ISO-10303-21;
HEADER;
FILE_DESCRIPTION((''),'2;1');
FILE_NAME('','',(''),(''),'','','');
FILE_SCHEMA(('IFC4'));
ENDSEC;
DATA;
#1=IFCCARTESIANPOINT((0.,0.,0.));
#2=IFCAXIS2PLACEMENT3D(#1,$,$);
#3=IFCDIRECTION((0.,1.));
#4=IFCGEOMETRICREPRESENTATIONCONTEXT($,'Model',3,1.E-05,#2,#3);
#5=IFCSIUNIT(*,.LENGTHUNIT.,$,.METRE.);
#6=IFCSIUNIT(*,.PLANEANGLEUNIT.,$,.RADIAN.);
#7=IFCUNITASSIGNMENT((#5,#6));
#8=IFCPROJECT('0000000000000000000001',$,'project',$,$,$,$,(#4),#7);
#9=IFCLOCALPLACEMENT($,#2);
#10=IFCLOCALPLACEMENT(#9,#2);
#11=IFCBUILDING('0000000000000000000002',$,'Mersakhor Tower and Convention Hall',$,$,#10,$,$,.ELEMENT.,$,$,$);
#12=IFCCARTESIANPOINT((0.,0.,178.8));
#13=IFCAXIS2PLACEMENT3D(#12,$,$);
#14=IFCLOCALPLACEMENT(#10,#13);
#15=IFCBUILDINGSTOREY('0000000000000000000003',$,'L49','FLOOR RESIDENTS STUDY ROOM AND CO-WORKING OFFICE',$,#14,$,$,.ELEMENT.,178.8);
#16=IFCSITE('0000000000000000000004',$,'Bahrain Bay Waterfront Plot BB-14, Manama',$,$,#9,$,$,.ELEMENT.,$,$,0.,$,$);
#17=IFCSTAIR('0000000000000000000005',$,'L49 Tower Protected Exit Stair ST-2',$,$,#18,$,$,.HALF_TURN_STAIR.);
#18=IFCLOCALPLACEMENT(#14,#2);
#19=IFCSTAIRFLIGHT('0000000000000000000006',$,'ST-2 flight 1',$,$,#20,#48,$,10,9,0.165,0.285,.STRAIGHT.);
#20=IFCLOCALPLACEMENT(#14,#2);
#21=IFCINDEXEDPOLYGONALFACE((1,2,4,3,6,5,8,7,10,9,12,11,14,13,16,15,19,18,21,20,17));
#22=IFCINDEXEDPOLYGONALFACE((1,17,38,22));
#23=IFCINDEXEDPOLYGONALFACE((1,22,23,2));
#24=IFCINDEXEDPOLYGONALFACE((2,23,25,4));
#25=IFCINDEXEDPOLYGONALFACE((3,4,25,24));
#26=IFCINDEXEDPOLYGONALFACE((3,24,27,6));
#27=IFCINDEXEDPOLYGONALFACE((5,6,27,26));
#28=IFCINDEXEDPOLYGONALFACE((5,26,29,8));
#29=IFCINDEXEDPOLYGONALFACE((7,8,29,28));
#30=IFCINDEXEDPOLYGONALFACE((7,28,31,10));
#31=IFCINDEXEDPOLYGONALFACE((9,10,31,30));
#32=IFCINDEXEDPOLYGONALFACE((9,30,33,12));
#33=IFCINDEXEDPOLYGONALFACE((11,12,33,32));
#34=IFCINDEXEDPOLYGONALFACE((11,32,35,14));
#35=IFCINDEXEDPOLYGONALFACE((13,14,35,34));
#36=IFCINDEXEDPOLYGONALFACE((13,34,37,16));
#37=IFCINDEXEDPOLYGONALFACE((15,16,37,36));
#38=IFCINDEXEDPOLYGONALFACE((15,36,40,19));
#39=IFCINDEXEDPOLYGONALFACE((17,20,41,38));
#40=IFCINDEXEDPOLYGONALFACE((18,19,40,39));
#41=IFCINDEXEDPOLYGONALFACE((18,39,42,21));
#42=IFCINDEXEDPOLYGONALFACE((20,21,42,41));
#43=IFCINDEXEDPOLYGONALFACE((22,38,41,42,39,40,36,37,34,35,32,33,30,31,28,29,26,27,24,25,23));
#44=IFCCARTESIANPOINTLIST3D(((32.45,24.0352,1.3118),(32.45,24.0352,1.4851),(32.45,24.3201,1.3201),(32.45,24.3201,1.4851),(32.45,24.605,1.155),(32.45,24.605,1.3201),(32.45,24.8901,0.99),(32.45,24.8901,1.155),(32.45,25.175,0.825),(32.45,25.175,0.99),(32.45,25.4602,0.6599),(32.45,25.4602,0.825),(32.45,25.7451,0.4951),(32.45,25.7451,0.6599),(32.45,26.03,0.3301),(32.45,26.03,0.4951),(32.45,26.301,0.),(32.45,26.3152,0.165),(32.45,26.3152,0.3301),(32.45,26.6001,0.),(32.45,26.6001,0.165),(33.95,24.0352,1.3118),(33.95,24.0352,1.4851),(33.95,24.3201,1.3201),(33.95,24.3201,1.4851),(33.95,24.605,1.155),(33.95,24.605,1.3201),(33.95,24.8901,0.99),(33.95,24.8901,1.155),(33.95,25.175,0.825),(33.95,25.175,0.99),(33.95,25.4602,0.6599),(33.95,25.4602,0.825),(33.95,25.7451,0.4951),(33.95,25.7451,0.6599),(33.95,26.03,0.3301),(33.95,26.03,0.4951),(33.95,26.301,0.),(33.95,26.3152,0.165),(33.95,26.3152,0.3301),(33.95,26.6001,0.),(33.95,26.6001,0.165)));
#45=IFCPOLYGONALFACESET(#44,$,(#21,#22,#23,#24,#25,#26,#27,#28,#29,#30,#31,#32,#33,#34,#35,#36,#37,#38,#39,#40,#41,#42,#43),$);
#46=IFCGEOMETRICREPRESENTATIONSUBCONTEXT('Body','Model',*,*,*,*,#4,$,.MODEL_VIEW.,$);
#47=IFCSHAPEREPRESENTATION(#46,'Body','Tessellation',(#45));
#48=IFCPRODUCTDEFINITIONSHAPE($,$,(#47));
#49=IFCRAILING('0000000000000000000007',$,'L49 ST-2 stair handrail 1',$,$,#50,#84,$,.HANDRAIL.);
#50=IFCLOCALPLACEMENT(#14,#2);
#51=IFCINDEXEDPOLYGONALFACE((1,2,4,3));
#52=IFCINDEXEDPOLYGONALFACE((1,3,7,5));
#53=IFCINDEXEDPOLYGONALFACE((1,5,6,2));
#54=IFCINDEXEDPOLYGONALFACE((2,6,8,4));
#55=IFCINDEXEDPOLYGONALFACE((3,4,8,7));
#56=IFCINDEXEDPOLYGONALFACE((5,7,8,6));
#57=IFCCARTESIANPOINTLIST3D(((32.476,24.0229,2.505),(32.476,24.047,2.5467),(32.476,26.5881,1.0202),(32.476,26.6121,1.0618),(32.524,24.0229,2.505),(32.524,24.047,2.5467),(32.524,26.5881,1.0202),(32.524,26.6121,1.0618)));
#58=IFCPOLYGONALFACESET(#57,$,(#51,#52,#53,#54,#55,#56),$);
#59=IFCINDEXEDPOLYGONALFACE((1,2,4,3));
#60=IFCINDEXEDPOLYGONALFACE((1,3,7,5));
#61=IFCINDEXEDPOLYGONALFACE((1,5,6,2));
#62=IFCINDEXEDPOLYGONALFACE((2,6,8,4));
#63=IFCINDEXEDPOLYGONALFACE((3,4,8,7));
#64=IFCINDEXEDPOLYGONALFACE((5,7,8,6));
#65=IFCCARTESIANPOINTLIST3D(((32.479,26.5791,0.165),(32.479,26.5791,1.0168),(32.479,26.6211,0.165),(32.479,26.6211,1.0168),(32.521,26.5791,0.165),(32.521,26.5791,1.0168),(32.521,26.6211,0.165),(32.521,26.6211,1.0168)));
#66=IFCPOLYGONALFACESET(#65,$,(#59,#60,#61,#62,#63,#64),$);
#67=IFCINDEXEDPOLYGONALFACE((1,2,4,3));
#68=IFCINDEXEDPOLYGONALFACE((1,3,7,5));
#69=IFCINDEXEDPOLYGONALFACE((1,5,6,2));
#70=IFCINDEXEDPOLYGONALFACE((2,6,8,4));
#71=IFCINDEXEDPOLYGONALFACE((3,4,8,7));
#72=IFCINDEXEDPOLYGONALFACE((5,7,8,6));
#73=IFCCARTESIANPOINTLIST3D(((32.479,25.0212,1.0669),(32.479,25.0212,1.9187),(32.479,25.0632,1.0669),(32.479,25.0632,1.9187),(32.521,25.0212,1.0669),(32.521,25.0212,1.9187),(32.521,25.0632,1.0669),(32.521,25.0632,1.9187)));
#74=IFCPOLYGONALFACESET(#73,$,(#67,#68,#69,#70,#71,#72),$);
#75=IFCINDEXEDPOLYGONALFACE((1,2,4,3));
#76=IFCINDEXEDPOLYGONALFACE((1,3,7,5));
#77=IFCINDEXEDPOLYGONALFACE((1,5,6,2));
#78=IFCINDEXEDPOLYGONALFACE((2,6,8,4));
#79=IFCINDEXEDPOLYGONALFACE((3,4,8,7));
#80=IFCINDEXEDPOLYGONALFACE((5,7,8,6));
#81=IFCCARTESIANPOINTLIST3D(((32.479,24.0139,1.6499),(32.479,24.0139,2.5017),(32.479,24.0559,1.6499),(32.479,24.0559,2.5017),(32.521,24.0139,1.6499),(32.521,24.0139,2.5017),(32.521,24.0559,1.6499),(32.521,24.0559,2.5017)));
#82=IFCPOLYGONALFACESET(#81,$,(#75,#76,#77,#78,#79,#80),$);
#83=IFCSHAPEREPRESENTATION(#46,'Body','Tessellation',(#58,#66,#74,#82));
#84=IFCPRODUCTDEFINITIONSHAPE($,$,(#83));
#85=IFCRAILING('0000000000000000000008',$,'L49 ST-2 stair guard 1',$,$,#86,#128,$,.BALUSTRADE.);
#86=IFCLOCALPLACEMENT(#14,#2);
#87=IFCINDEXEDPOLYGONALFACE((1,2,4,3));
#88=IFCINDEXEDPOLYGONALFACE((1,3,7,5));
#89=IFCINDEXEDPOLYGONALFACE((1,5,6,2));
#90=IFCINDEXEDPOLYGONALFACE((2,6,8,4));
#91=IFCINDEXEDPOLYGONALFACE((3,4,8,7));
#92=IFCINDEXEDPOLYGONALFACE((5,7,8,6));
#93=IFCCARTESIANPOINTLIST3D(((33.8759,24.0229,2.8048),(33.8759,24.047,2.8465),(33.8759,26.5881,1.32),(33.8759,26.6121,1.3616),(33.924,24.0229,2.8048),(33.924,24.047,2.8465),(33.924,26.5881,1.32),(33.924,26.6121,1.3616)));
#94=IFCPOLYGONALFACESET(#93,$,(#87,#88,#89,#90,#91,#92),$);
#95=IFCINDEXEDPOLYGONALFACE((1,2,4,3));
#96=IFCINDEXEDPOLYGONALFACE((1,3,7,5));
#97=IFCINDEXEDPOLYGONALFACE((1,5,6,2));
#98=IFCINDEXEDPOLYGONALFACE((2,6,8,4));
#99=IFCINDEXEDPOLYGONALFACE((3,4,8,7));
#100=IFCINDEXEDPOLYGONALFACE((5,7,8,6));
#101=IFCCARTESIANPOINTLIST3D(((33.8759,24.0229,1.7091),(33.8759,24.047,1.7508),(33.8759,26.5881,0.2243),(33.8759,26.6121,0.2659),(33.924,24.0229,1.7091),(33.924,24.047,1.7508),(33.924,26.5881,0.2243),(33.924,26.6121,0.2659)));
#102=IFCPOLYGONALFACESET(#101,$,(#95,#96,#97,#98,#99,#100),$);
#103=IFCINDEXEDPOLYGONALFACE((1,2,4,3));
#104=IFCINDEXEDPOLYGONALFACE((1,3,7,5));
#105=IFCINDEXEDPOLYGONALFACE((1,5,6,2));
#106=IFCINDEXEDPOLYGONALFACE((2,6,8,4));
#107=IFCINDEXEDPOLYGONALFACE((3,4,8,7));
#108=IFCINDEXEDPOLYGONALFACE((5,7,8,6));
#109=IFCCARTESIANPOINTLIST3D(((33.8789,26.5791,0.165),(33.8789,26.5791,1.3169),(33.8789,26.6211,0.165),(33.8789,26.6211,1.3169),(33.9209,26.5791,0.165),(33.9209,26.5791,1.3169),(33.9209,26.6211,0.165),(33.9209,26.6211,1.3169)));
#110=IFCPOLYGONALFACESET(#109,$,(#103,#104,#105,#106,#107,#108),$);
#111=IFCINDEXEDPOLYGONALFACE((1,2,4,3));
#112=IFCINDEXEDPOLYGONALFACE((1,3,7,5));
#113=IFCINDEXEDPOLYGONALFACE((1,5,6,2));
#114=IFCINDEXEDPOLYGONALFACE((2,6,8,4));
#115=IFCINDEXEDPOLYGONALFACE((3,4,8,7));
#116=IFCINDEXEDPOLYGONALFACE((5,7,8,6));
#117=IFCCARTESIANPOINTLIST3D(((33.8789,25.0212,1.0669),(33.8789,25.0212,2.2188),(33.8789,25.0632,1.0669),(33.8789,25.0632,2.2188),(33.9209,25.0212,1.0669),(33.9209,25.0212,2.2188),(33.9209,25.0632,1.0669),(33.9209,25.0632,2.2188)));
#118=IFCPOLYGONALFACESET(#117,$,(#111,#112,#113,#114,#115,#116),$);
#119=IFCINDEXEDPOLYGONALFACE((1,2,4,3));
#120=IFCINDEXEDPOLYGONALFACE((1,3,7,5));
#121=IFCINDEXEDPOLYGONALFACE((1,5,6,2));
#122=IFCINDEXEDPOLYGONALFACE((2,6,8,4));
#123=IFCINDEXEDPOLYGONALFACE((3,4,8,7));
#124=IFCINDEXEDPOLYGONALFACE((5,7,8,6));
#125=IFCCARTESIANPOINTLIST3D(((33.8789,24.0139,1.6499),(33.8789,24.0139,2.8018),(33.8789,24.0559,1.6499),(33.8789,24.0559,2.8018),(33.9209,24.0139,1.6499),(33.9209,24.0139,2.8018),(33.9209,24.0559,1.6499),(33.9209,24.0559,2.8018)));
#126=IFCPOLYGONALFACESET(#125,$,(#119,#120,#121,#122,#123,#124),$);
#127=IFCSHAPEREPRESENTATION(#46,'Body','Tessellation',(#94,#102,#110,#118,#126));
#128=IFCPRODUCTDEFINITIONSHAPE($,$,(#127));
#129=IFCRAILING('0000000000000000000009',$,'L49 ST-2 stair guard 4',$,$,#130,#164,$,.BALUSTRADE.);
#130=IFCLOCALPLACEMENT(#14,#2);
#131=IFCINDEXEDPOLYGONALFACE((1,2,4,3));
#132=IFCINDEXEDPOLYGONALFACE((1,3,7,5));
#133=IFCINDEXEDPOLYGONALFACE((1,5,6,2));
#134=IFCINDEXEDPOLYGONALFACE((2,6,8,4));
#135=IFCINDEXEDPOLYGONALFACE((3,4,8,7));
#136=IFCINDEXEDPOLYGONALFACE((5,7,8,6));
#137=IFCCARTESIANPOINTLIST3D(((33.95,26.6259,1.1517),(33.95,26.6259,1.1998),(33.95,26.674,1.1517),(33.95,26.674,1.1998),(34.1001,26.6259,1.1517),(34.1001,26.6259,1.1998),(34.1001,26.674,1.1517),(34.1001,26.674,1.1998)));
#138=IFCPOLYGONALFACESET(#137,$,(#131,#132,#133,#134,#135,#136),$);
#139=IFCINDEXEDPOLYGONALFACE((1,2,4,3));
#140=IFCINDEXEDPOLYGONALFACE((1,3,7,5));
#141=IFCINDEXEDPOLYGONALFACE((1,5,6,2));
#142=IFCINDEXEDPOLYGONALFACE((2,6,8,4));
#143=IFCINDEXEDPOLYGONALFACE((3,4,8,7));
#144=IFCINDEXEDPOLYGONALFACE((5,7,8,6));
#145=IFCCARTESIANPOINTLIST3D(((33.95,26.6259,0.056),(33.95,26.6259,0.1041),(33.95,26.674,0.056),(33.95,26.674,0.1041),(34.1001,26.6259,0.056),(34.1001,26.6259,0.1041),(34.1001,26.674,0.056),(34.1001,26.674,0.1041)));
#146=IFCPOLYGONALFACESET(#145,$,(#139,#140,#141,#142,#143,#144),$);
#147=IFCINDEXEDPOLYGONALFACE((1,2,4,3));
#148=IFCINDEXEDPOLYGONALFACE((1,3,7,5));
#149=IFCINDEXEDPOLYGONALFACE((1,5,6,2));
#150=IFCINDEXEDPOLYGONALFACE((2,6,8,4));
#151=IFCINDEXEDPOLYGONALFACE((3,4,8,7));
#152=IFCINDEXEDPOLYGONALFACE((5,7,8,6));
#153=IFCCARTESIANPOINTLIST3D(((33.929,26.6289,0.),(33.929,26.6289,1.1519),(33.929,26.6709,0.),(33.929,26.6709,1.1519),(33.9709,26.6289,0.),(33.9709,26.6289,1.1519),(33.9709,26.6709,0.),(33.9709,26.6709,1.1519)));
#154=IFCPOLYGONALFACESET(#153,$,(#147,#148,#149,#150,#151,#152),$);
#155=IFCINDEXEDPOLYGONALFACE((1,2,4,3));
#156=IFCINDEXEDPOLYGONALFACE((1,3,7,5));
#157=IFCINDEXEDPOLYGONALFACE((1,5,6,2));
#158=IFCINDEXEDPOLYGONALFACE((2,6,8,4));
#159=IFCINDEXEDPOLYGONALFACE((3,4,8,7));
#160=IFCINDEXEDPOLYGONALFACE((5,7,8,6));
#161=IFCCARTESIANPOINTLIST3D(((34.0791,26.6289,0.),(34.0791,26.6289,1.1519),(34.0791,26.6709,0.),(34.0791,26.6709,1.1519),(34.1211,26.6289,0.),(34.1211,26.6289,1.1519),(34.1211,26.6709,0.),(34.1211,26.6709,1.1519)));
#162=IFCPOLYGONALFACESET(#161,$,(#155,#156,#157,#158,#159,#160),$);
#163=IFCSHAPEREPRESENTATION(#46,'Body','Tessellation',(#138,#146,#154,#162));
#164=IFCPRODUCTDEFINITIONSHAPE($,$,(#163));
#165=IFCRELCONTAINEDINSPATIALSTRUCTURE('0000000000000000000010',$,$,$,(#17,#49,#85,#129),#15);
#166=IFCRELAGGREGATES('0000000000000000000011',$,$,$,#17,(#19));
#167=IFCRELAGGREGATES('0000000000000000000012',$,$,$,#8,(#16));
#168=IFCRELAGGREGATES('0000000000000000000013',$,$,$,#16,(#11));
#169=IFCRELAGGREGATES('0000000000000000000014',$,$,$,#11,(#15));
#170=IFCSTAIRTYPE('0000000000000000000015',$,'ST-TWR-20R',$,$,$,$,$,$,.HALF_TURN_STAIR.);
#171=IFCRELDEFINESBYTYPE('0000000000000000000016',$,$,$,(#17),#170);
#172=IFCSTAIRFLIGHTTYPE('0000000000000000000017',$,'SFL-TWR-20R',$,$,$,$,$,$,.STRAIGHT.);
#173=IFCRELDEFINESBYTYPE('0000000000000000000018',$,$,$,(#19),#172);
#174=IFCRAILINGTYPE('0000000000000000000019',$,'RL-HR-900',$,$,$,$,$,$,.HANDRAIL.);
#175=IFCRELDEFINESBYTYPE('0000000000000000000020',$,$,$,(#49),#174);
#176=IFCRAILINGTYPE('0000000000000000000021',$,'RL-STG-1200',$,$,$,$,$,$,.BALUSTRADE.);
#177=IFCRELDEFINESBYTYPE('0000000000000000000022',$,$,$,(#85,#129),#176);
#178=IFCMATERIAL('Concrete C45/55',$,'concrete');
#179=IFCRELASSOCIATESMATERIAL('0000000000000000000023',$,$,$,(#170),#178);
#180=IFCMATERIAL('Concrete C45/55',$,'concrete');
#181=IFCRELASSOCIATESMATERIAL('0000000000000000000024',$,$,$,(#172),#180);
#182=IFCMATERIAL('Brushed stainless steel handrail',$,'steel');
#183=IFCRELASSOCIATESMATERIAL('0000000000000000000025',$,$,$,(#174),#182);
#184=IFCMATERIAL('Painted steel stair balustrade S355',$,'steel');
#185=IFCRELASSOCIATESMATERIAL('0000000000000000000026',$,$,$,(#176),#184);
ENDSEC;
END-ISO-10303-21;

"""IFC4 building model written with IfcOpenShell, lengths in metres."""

from ifc_helpers import new_model, si_unit, direction, frame, origin, origin_2d, place, context, subcontext, project, spatial, polyline, rectangle, outline, extrude, material, type_object, element, aggregate, save


model = new_model("IFC4")

# Units and contexts
model_context = context("Model", 3, precision=1e-05, world=origin(), true_north=direction((0.0, 1.0)))
body_context = subcontext(model_context, "Body", "Model", "MODEL_VIEW")
ifc_project = project(units=[si_unit("LENGTHUNIT", "METRE"), si_unit("PLANEANGLEUNIT", "RADIAN")], contexts=[model_context])

# Site, building, storey
site_placement = place(None, origin())
site = spatial("IfcSite", under=ifc_project, at=site_placement, Name="Bahrain Bay Waterfront Plot BB-14, Manama", CompositionType="ELEMENT", RefElevation=0.0)
building_placement = place(site_placement, origin())
building = spatial("IfcBuilding", under=site, at=building_placement, Name="Mersakhor Tower and Convention Hall", CompositionType="ELEMENT")
storey_placement = place(building_placement, frame((0.0, 0.0, 178.8)))
storey = spatial("IfcBuildingStorey", under=building, at=storey_placement, Name="L49", Description="FLOOR RESIDENTS STUDY ROOM AND CO-WORKING OFFICE", CompositionType="ELEMENT", Elevation=178.8)

# Stair, stair flight
ifc_material_1 = material(Name="Concrete C45/55", Category="concrete")
stair_type = type_object("IfcStairType", Name="ST-TWR-20R", PredefinedType="HALF_TURN_STAIR", material=ifc_material_1)
stair_placement = place(storey_placement, origin())
stair = element("IfcStair", 1, at=stair_placement, inside=storey, type_object=stair_type, Name="L49 Tower Protected Exit Stair ST-2", PredefinedType="HALF_TURN_STAIR")
ifc_material_2 = material(Name="Concrete C45/55", Category="concrete")
stair_flight_type = type_object("IfcStairFlightType", Name="SFL-TWR-20R", PredefinedType="STRAIGHT", material=ifc_material_2)
stair_flight_placement = place(storey_placement, frame((33.2, 26.6001, 0.0), z_axis=(0.0, 0.0, 1.0), x_axis=(0.0, -1.0, 0.0)))
stair_flight = element("IfcStairFlight", 2, at=stair_flight_placement, type_object=stair_flight_type, Name="ST-2 flight 1", NumberOfRisers=10, NumberOfTreads=9, PredefinedType="STRAIGHT", RiserHeight=0.165, TreadLength=0.285, context=body_context, shape_type="SweptSolid", body=[
    extrude(outline(polyline([(0.0, 0.0), (0.0, 0.165), (0.2849, 0.165), (0.2849, 0.3301), (0.5701, 0.3301), (0.5701, 0.4951), (0.855, 0.4951), (0.855, 0.6599), (1.1399, 0.6599), (1.1399, 0.825), (1.425, 0.825), (1.425, 0.99), (1.71, 0.99), (1.71, 1.155), (1.9951, 1.155), (1.9951, 1.3201), (2.28, 1.3201), (2.28, 1.4851), (2.5649, 1.4851), (2.5649, 1.6499), (2.5649, 1.3118), (0.2991, 0.0), (0.0, 0.0)])), frame((0.0, 0.75, 0.0), z_axis=(0.0, -1.0, 0.0), x_axis=(1.0, 0.0, 0.0)), (0.0, 0.0, 1.0), 1.5),
])
aggregate(stair, [stair_flight])

# Railings
ifc_material_3 = material(Name="Brushed stainless steel handrail", Category="steel")
railing_type_1 = type_object("IfcRailingType", Name="RL-HR-900", PredefinedType="HANDRAIL", material=ifc_material_3)
railing_1_placement = place(storey_placement, frame((32.5, 26.6001, 0.165)))
element("IfcRailing", 3, at=railing_1_placement, inside=storey, type_object=railing_type_1, Name="L49 ST-2 stair handrail 1", PredefinedType="HANDRAIL", context=body_context, shape_type="SweptSolid", body=[
    extrude(rectangle(XDim=0.0481, YDim=0.0481, at=origin_2d()), frame((0.0, 0.0, 0.876), z_axis=(0.0, -0.865462, 0.500975), x_axis=(1.0, 0.0, 0.0)), (0.0, 0.0, 1.0), 2.9639),
    extrude(rectangle(XDim=0.042, YDim=0.042, at=origin_2d()), origin(), (0.0, 0.0, 1.0), 0.8518),
    extrude(rectangle(XDim=0.042, YDim=0.042, at=origin_2d()), frame((0.0, -1.5579, 0.9019)), (0.0, 0.0, 1.0), 0.8518),
    extrude(rectangle(XDim=0.042, YDim=0.042, at=origin_2d()), frame((0.0, -2.5652, 1.4849)), (0.0, 0.0, 1.0), 0.8518),
])
ifc_material_4 = material(Name="Painted steel stair balustrade S355", Category="steel")
railing_type_2 = type_object("IfcRailingType", Name="RL-STG-1200", PredefinedType="BALUSTRADE", material=ifc_material_4)
railing_2_placement = place(storey_placement, frame((33.8999, 26.6001, 0.165)))
element("IfcRailing", 4, at=railing_2_placement, inside=storey, type_object=railing_type_2, Name="L49 ST-2 stair guard 1", PredefinedType="BALUSTRADE", context=body_context, shape_type="SweptSolid", body=[
    extrude(rectangle(XDim=0.0481, YDim=0.0481, at=origin_2d()), frame((0.0, 0.0, 1.1758), z_axis=(0.0, -0.865462, 0.500975), x_axis=(1.0, 0.0, 0.0)), (0.0, 0.0, 1.0), 2.9639),
    extrude(rectangle(XDim=0.0481, YDim=0.0481, at=origin_2d()), frame((0.0, 0.0, 0.0801), z_axis=(0.0, -0.865462, 0.500975), x_axis=(1.0, 0.0, 0.0)), (0.0, 0.0, 1.0), 2.9639),
    extrude(rectangle(XDim=0.042, YDim=0.042, at=origin_2d()), origin(), (0.0, 0.0, 1.0), 1.1519),
    extrude(rectangle(XDim=0.042, YDim=0.042, at=origin_2d()), frame((0.0, -1.5579, 0.9019)), (0.0, 0.0, 1.0), 1.1519),
    extrude(rectangle(XDim=0.042, YDim=0.042, at=origin_2d()), frame((0.0, -2.5652, 1.4849)), (0.0, 0.0, 1.0), 1.1519),
])
railing_3_placement = place(storey_placement, frame((33.95, 26.6499, 0.0)))
element("IfcRailing", 5, at=railing_3_placement, inside=storey, type_object=railing_type_2, Name="L49 ST-2 stair guard 4", PredefinedType="BALUSTRADE", context=body_context, shape_type="SweptSolid", body=[
    extrude(rectangle(XDim=0.0481, YDim=0.0481, at=origin_2d()), frame((0.0, 0.0, 1.1758), z_axis=(1.0, 0.0, 0.0), x_axis=(0.0, 1.0, 0.0)), (0.0, 0.0, 1.0), 0.1501),
    extrude(rectangle(XDim=0.0481, YDim=0.0481, at=origin_2d()), frame((0.0, 0.0, 0.0801), z_axis=(1.0, 0.0, 0.0), x_axis=(0.0, 1.0, 0.0)), (0.0, 0.0, 1.0), 0.1501),
    extrude(rectangle(XDim=0.042, YDim=0.042, at=origin_2d()), origin(), (0.0, 0.0, 1.0), 1.1519),
    extrude(rectangle(XDim=0.042, YDim=0.042, at=origin_2d()), frame((0.1501, 0.0, 0.0)), (0.0, 0.0, 1.0), 1.1519),
])

save(model, "model.ifc")
